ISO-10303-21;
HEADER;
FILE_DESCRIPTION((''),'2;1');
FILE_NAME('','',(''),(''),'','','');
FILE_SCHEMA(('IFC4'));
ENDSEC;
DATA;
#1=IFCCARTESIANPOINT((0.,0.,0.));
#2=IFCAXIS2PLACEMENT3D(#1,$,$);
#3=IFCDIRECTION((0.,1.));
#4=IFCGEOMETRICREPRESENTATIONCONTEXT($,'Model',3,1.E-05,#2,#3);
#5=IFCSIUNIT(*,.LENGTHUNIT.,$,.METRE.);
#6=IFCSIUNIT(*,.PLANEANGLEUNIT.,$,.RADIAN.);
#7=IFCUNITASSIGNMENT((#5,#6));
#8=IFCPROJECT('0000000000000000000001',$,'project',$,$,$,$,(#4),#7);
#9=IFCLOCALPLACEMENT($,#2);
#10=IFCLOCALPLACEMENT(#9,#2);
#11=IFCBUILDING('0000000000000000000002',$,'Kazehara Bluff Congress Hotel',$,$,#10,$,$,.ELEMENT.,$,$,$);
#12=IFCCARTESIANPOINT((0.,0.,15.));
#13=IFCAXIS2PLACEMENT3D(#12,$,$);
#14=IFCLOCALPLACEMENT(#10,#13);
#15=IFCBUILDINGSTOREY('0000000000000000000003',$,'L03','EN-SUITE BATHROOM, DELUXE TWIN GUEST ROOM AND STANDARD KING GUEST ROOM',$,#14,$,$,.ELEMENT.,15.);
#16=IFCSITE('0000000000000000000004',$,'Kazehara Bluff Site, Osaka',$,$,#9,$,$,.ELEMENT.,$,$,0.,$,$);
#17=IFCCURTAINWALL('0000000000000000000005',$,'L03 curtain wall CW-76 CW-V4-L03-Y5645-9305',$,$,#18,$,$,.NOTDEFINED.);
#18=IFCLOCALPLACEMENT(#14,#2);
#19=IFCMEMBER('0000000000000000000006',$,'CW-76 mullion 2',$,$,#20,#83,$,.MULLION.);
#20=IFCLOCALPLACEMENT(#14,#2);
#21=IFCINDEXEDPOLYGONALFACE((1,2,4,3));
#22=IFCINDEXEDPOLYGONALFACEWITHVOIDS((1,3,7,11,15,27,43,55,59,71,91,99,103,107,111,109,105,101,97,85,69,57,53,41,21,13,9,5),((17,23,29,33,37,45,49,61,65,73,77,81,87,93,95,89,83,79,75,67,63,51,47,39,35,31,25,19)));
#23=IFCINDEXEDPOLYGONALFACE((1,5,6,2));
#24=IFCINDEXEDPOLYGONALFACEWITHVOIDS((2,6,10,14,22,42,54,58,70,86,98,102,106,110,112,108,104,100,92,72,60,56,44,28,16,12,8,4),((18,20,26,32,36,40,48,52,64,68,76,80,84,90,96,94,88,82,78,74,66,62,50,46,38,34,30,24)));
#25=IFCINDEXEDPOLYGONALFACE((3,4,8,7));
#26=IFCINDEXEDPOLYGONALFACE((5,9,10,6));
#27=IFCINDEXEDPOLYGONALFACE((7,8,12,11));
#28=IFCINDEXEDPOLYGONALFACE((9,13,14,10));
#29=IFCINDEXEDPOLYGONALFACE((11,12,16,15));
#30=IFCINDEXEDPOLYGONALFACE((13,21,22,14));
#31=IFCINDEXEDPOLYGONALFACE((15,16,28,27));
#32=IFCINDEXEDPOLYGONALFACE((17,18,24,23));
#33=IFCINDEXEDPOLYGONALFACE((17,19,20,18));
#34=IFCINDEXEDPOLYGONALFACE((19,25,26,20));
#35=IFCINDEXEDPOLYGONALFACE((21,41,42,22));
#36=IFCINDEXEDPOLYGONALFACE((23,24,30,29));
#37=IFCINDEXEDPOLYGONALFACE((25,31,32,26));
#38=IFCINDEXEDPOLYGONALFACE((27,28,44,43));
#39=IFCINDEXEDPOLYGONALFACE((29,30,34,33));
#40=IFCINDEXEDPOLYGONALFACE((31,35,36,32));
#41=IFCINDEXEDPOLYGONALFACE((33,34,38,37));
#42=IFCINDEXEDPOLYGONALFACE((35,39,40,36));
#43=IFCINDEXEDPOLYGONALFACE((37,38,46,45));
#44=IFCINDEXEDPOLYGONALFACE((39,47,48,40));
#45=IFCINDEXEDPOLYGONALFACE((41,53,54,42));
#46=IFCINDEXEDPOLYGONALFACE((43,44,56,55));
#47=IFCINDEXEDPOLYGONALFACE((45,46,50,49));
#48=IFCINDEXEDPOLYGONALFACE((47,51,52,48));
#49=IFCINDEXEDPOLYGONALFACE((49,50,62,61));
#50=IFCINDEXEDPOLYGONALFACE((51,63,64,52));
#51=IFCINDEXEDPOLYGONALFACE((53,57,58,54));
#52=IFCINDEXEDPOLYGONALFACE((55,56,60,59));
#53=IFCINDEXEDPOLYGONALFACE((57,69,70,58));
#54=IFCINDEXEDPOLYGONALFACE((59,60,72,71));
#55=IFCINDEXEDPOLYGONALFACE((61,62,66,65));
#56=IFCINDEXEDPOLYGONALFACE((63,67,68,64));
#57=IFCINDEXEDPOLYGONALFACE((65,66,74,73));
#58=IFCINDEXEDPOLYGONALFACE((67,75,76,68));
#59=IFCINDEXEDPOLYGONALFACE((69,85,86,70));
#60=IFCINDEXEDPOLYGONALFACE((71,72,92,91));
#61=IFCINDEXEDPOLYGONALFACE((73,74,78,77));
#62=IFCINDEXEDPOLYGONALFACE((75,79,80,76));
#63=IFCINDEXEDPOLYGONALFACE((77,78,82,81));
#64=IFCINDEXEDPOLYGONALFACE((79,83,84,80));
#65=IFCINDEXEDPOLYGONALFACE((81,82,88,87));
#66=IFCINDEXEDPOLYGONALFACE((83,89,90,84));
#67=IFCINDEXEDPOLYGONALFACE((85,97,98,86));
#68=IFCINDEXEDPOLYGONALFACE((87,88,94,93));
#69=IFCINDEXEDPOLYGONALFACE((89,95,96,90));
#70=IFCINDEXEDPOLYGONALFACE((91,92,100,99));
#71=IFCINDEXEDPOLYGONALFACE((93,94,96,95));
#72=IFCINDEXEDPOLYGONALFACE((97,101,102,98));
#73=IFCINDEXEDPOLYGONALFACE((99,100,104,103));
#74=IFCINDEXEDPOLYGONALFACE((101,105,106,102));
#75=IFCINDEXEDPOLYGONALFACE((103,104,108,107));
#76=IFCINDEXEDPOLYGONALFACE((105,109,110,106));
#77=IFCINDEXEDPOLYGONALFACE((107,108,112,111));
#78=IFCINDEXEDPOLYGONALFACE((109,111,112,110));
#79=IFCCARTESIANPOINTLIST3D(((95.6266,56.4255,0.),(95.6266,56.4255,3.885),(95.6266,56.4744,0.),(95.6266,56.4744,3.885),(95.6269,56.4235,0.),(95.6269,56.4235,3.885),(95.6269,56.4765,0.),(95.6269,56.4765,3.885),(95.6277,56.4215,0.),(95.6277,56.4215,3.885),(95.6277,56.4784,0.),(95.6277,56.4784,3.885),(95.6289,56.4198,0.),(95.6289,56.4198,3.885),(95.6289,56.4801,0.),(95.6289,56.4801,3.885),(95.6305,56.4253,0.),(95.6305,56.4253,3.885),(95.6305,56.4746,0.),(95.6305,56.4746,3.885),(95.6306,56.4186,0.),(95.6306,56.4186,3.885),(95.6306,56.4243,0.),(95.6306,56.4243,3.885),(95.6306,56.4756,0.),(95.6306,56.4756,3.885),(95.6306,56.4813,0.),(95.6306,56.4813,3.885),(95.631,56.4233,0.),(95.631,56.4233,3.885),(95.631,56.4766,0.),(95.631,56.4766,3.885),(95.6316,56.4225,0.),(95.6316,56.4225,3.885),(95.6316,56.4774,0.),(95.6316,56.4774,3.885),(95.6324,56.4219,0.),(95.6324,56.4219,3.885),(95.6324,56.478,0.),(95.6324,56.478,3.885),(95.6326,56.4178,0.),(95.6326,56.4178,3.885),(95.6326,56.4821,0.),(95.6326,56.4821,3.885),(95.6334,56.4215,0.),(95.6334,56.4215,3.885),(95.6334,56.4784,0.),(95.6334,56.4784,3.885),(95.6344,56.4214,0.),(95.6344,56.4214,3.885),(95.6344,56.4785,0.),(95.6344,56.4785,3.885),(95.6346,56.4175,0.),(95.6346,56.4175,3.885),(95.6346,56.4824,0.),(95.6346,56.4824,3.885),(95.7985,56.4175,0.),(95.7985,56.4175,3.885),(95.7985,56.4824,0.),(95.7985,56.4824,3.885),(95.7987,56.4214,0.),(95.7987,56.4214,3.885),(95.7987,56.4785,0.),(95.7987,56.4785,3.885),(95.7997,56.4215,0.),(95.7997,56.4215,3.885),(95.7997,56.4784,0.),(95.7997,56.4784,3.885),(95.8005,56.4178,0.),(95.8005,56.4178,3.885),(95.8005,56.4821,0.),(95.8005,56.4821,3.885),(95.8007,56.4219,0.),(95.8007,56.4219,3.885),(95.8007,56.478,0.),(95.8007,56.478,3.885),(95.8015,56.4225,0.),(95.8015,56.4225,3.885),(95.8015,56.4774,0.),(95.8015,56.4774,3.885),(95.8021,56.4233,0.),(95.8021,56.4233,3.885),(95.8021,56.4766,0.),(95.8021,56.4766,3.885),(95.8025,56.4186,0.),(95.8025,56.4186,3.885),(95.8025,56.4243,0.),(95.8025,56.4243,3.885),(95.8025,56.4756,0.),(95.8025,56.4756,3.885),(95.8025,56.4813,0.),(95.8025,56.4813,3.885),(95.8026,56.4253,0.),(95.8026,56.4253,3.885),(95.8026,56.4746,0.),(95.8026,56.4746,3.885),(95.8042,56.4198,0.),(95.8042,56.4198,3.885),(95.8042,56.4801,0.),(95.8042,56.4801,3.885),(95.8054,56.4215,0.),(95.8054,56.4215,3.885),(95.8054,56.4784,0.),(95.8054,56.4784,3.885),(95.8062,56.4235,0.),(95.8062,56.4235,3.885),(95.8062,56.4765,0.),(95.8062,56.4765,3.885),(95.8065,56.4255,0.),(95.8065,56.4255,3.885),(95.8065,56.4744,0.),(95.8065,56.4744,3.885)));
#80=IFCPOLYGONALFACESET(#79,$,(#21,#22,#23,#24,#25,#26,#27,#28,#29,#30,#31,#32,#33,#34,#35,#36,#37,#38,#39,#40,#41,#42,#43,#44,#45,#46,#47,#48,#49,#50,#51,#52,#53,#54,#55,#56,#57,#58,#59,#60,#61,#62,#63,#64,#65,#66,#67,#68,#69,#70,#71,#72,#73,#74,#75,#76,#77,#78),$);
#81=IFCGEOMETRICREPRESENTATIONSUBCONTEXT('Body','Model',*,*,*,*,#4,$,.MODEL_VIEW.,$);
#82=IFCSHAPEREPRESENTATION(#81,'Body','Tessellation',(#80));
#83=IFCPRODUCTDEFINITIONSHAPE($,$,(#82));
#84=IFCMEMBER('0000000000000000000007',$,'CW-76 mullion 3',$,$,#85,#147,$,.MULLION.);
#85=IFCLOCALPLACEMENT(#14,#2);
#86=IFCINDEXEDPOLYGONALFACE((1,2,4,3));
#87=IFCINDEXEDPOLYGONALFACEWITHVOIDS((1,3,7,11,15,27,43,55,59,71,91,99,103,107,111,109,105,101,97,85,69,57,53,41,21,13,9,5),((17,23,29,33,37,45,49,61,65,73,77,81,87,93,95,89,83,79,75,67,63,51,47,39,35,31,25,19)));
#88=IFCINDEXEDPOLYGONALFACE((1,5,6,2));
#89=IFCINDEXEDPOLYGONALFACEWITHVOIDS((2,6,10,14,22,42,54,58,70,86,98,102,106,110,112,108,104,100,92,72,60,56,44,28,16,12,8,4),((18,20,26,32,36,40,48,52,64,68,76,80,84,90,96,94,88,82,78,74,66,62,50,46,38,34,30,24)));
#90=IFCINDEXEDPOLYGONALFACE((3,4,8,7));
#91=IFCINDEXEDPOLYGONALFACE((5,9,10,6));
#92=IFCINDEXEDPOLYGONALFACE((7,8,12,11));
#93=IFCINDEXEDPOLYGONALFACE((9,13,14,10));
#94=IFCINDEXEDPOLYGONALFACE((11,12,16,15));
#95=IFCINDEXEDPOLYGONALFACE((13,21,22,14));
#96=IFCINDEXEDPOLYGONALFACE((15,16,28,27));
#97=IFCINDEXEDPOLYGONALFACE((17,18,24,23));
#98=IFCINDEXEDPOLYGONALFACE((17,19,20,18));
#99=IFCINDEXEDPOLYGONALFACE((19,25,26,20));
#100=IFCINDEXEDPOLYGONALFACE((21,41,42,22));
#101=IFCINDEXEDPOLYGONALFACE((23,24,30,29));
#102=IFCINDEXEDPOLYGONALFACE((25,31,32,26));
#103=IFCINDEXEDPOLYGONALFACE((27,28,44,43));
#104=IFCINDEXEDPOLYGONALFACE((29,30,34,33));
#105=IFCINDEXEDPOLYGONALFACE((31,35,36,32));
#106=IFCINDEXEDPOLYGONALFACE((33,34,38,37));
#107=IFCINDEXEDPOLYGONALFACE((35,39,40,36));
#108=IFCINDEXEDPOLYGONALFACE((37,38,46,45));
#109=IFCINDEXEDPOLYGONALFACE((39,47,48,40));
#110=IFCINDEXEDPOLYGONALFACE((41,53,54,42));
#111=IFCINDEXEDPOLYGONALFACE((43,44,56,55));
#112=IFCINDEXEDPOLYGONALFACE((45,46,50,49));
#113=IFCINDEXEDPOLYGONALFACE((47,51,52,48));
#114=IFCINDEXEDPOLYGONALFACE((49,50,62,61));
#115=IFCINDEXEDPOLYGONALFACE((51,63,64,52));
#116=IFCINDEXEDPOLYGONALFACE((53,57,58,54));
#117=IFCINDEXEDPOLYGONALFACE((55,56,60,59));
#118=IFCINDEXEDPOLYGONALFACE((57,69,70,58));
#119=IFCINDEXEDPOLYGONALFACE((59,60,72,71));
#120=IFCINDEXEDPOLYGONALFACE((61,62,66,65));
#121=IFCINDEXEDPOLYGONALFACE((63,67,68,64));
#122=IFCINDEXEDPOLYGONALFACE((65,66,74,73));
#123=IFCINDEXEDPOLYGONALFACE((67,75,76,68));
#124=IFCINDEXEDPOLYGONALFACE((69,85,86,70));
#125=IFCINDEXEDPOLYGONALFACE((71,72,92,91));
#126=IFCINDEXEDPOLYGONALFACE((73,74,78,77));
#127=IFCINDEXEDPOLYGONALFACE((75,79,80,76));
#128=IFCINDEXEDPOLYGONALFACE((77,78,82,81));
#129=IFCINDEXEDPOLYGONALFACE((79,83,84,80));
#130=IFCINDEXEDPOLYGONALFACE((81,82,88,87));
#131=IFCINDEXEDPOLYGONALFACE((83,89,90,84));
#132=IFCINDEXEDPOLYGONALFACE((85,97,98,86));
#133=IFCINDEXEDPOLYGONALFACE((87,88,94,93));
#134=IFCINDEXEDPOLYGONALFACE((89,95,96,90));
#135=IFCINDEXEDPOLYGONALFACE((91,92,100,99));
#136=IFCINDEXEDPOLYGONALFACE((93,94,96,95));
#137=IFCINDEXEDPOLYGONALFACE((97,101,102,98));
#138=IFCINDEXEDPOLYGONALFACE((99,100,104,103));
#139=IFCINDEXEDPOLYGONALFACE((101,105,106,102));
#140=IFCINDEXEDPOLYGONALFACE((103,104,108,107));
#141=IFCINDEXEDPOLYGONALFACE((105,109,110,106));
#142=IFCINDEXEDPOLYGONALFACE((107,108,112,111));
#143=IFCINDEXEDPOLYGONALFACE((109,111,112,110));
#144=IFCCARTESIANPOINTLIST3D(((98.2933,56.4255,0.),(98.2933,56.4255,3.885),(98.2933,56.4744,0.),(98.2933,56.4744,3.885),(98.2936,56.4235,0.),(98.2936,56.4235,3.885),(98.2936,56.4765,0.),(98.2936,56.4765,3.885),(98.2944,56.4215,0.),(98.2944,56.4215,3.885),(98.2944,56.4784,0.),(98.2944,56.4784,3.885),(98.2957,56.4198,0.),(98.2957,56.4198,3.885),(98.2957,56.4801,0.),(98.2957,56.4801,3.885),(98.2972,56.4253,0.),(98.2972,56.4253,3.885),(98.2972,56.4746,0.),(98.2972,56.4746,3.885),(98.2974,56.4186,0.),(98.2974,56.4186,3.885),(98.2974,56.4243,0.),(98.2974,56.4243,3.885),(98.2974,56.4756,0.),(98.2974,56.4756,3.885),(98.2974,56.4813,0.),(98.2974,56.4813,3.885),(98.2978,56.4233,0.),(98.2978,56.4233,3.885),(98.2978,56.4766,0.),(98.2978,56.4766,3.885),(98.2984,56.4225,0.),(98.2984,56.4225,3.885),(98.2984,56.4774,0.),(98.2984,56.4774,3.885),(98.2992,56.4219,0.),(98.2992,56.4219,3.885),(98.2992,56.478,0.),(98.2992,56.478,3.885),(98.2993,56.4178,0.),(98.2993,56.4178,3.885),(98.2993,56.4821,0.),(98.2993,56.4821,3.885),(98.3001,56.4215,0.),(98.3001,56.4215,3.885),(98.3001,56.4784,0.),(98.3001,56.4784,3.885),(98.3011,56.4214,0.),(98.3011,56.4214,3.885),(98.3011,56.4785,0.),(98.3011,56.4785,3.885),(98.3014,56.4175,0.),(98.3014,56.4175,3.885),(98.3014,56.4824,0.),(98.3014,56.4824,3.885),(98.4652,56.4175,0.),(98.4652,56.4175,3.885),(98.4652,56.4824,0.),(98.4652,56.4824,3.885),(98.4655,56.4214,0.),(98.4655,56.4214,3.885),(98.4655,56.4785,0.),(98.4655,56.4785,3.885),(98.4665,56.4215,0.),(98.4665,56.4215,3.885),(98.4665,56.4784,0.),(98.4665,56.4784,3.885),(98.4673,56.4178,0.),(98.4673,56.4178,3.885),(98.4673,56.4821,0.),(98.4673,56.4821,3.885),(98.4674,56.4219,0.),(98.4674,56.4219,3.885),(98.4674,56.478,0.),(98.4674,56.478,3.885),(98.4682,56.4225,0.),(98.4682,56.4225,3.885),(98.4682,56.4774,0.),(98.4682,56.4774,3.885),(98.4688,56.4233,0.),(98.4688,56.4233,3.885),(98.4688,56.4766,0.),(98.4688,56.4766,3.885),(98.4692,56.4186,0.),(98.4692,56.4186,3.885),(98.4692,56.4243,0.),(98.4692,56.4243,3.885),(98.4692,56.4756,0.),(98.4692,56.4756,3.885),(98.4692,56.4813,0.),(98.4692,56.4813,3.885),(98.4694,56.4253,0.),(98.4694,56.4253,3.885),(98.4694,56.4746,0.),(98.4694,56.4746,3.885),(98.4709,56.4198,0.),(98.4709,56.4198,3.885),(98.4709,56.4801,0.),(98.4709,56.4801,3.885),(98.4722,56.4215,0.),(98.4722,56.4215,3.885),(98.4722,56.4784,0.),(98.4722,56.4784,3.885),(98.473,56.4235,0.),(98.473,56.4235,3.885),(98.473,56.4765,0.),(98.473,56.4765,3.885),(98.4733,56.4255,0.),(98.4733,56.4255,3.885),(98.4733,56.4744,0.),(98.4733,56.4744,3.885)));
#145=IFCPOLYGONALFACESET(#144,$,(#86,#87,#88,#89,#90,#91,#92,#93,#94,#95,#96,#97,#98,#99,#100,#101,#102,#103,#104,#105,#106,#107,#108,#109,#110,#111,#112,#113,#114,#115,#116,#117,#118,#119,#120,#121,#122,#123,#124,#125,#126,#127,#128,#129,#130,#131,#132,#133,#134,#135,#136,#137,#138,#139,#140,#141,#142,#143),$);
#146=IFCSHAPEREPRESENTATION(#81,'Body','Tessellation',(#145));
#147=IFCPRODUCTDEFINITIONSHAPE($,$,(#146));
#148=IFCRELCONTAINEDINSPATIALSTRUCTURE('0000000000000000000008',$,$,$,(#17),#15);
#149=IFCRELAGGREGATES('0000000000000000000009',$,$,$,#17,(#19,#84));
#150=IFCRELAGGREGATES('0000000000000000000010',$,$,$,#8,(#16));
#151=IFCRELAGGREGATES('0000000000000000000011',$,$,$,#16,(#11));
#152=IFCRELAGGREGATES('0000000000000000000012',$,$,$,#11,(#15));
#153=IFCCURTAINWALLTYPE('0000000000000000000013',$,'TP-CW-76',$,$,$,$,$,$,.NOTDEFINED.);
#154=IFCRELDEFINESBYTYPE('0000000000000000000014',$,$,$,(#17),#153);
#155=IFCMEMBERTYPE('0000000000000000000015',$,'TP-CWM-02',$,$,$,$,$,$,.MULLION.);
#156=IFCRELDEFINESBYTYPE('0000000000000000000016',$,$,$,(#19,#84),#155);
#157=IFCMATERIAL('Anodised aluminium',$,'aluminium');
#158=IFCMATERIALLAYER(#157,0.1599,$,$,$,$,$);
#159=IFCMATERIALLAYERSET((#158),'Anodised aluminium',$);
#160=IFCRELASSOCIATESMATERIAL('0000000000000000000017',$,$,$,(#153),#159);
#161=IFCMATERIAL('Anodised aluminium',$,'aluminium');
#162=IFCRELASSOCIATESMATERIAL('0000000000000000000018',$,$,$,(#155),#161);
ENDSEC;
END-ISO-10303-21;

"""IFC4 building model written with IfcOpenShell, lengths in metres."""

from ifc_helpers import new_model, si_unit, direction, frame, origin, origin_2d, place, context, subcontext, project, spatial, hollow_rectangle, extrude, material, layer, layer_set, material_profile, profile_set, type_object, element, aggregate, save


model = new_model("IFC4")

# Units and contexts
model_context = context("Model", 3, precision=1e-05, world=origin(), true_north=direction((0.0, 1.0)))
body_context = subcontext(model_context, "Body", "Model", "MODEL_VIEW")
ifc_project = project(units=[si_unit("LENGTHUNIT", "METRE"), si_unit("PLANEANGLEUNIT", "RADIAN")], contexts=[model_context])

# Site, building, storey
site_placement = place(None, origin())
site = spatial("IfcSite", under=ifc_project, at=site_placement, Name="Kazehara Bluff Site, Osaka", CompositionType="ELEMENT", RefElevation=0.0)
building_placement = place(site_placement, origin())
building = spatial("IfcBuilding", under=site, at=building_placement, Name="Kazehara Bluff Congress Hotel", CompositionType="ELEMENT")
storey_placement = place(building_placement, frame((0.0, 0.0, 15.0)))
storey = spatial("IfcBuildingStorey", under=building, at=storey_placement, Name="L03", Description="EN-SUITE BATHROOM, DELUXE TWIN GUEST ROOM AND STANDARD KING GUEST ROOM", CompositionType="ELEMENT", Elevation=15.0)

# Curtain wall, members
ifc_material_1 = material(Name="Anodised aluminium", Category="aluminium")
ifc_layer_1 = layer(ifc_material_1, 0.1599)
ifc_layer_set_1 = layer_set([ifc_layer_1], Name="Anodised aluminium")
curtain_wall_type = type_object("IfcCurtainWallType", Name="TP-CW-76", PredefinedType="NOTDEFINED", material=ifc_layer_set_1)
curtain_wall_placement = place(storey_placement, origin())
curtain_wall = element("IfcCurtainWall", 1, at=curtain_wall_placement, inside=storey, type_object=curtain_wall_type, Name="L03 curtain wall CW-76 CW-V4-L03-Y5645-9305", PredefinedType="NOTDEFINED")
ifc_material_2 = material(Name="Anodised aluminium", Category="aluminium")
ifc_material_profile_1 = material_profile(ifc_material_2, hollow_rectangle(XDim=0.0649, YDim=0.1799, WallThickness=0.0039, InnerFilletRadius=0.0039, OuterFilletRadius=0.0081, at=origin_2d()))
ifc_profile_set_1 = profile_set([ifc_material_profile_1], Name="Anodised aluminium")
member_type_1 = type_object("IfcMemberType", Name="TP-CWM-02", PredefinedType="MULLION", material=ifc_profile_set_1)
member_1_placement = place(storey_placement, frame((95.7166, 56.45, 0.0), z_axis=(0.0, 0.0, 1.0), x_axis=(0.0, 1.0, 0.0)))
member_1 = element("IfcMember", 2, at=member_1_placement, type_object=member_type_1, Name="CW-76 mullion 2", PredefinedType="MULLION", context=body_context, shape_type="SweptSolid", body=[
    extrude(hollow_rectangle(XDim=0.0649, YDim=0.1799, WallThickness=0.0039, InnerFilletRadius=0.0039, OuterFilletRadius=0.0081, at=origin_2d()), origin(), (0.0, 0.0, 1.0), 3.885),
])
member_2_placement = place(storey_placement, frame((98.3833, 56.45, 0.0), z_axis=(0.0, 0.0, 1.0), x_axis=(0.0, 1.0, 0.0)))
member_2 = element("IfcMember", 3, at=member_2_placement, type_object=member_type_1, Name="CW-76 mullion 3", PredefinedType="MULLION", context=body_context, shape_type="SweptSolid", body=[
    extrude(hollow_rectangle(XDim=0.0649, YDim=0.1799, WallThickness=0.0039, InnerFilletRadius=0.0039, OuterFilletRadius=0.0081, at=origin_2d()), origin(), (0.0, 0.0, 1.0), 3.885),
])

aggregate(curtain_wall, [member_1, member_2])

save(model, "model.ifc")
